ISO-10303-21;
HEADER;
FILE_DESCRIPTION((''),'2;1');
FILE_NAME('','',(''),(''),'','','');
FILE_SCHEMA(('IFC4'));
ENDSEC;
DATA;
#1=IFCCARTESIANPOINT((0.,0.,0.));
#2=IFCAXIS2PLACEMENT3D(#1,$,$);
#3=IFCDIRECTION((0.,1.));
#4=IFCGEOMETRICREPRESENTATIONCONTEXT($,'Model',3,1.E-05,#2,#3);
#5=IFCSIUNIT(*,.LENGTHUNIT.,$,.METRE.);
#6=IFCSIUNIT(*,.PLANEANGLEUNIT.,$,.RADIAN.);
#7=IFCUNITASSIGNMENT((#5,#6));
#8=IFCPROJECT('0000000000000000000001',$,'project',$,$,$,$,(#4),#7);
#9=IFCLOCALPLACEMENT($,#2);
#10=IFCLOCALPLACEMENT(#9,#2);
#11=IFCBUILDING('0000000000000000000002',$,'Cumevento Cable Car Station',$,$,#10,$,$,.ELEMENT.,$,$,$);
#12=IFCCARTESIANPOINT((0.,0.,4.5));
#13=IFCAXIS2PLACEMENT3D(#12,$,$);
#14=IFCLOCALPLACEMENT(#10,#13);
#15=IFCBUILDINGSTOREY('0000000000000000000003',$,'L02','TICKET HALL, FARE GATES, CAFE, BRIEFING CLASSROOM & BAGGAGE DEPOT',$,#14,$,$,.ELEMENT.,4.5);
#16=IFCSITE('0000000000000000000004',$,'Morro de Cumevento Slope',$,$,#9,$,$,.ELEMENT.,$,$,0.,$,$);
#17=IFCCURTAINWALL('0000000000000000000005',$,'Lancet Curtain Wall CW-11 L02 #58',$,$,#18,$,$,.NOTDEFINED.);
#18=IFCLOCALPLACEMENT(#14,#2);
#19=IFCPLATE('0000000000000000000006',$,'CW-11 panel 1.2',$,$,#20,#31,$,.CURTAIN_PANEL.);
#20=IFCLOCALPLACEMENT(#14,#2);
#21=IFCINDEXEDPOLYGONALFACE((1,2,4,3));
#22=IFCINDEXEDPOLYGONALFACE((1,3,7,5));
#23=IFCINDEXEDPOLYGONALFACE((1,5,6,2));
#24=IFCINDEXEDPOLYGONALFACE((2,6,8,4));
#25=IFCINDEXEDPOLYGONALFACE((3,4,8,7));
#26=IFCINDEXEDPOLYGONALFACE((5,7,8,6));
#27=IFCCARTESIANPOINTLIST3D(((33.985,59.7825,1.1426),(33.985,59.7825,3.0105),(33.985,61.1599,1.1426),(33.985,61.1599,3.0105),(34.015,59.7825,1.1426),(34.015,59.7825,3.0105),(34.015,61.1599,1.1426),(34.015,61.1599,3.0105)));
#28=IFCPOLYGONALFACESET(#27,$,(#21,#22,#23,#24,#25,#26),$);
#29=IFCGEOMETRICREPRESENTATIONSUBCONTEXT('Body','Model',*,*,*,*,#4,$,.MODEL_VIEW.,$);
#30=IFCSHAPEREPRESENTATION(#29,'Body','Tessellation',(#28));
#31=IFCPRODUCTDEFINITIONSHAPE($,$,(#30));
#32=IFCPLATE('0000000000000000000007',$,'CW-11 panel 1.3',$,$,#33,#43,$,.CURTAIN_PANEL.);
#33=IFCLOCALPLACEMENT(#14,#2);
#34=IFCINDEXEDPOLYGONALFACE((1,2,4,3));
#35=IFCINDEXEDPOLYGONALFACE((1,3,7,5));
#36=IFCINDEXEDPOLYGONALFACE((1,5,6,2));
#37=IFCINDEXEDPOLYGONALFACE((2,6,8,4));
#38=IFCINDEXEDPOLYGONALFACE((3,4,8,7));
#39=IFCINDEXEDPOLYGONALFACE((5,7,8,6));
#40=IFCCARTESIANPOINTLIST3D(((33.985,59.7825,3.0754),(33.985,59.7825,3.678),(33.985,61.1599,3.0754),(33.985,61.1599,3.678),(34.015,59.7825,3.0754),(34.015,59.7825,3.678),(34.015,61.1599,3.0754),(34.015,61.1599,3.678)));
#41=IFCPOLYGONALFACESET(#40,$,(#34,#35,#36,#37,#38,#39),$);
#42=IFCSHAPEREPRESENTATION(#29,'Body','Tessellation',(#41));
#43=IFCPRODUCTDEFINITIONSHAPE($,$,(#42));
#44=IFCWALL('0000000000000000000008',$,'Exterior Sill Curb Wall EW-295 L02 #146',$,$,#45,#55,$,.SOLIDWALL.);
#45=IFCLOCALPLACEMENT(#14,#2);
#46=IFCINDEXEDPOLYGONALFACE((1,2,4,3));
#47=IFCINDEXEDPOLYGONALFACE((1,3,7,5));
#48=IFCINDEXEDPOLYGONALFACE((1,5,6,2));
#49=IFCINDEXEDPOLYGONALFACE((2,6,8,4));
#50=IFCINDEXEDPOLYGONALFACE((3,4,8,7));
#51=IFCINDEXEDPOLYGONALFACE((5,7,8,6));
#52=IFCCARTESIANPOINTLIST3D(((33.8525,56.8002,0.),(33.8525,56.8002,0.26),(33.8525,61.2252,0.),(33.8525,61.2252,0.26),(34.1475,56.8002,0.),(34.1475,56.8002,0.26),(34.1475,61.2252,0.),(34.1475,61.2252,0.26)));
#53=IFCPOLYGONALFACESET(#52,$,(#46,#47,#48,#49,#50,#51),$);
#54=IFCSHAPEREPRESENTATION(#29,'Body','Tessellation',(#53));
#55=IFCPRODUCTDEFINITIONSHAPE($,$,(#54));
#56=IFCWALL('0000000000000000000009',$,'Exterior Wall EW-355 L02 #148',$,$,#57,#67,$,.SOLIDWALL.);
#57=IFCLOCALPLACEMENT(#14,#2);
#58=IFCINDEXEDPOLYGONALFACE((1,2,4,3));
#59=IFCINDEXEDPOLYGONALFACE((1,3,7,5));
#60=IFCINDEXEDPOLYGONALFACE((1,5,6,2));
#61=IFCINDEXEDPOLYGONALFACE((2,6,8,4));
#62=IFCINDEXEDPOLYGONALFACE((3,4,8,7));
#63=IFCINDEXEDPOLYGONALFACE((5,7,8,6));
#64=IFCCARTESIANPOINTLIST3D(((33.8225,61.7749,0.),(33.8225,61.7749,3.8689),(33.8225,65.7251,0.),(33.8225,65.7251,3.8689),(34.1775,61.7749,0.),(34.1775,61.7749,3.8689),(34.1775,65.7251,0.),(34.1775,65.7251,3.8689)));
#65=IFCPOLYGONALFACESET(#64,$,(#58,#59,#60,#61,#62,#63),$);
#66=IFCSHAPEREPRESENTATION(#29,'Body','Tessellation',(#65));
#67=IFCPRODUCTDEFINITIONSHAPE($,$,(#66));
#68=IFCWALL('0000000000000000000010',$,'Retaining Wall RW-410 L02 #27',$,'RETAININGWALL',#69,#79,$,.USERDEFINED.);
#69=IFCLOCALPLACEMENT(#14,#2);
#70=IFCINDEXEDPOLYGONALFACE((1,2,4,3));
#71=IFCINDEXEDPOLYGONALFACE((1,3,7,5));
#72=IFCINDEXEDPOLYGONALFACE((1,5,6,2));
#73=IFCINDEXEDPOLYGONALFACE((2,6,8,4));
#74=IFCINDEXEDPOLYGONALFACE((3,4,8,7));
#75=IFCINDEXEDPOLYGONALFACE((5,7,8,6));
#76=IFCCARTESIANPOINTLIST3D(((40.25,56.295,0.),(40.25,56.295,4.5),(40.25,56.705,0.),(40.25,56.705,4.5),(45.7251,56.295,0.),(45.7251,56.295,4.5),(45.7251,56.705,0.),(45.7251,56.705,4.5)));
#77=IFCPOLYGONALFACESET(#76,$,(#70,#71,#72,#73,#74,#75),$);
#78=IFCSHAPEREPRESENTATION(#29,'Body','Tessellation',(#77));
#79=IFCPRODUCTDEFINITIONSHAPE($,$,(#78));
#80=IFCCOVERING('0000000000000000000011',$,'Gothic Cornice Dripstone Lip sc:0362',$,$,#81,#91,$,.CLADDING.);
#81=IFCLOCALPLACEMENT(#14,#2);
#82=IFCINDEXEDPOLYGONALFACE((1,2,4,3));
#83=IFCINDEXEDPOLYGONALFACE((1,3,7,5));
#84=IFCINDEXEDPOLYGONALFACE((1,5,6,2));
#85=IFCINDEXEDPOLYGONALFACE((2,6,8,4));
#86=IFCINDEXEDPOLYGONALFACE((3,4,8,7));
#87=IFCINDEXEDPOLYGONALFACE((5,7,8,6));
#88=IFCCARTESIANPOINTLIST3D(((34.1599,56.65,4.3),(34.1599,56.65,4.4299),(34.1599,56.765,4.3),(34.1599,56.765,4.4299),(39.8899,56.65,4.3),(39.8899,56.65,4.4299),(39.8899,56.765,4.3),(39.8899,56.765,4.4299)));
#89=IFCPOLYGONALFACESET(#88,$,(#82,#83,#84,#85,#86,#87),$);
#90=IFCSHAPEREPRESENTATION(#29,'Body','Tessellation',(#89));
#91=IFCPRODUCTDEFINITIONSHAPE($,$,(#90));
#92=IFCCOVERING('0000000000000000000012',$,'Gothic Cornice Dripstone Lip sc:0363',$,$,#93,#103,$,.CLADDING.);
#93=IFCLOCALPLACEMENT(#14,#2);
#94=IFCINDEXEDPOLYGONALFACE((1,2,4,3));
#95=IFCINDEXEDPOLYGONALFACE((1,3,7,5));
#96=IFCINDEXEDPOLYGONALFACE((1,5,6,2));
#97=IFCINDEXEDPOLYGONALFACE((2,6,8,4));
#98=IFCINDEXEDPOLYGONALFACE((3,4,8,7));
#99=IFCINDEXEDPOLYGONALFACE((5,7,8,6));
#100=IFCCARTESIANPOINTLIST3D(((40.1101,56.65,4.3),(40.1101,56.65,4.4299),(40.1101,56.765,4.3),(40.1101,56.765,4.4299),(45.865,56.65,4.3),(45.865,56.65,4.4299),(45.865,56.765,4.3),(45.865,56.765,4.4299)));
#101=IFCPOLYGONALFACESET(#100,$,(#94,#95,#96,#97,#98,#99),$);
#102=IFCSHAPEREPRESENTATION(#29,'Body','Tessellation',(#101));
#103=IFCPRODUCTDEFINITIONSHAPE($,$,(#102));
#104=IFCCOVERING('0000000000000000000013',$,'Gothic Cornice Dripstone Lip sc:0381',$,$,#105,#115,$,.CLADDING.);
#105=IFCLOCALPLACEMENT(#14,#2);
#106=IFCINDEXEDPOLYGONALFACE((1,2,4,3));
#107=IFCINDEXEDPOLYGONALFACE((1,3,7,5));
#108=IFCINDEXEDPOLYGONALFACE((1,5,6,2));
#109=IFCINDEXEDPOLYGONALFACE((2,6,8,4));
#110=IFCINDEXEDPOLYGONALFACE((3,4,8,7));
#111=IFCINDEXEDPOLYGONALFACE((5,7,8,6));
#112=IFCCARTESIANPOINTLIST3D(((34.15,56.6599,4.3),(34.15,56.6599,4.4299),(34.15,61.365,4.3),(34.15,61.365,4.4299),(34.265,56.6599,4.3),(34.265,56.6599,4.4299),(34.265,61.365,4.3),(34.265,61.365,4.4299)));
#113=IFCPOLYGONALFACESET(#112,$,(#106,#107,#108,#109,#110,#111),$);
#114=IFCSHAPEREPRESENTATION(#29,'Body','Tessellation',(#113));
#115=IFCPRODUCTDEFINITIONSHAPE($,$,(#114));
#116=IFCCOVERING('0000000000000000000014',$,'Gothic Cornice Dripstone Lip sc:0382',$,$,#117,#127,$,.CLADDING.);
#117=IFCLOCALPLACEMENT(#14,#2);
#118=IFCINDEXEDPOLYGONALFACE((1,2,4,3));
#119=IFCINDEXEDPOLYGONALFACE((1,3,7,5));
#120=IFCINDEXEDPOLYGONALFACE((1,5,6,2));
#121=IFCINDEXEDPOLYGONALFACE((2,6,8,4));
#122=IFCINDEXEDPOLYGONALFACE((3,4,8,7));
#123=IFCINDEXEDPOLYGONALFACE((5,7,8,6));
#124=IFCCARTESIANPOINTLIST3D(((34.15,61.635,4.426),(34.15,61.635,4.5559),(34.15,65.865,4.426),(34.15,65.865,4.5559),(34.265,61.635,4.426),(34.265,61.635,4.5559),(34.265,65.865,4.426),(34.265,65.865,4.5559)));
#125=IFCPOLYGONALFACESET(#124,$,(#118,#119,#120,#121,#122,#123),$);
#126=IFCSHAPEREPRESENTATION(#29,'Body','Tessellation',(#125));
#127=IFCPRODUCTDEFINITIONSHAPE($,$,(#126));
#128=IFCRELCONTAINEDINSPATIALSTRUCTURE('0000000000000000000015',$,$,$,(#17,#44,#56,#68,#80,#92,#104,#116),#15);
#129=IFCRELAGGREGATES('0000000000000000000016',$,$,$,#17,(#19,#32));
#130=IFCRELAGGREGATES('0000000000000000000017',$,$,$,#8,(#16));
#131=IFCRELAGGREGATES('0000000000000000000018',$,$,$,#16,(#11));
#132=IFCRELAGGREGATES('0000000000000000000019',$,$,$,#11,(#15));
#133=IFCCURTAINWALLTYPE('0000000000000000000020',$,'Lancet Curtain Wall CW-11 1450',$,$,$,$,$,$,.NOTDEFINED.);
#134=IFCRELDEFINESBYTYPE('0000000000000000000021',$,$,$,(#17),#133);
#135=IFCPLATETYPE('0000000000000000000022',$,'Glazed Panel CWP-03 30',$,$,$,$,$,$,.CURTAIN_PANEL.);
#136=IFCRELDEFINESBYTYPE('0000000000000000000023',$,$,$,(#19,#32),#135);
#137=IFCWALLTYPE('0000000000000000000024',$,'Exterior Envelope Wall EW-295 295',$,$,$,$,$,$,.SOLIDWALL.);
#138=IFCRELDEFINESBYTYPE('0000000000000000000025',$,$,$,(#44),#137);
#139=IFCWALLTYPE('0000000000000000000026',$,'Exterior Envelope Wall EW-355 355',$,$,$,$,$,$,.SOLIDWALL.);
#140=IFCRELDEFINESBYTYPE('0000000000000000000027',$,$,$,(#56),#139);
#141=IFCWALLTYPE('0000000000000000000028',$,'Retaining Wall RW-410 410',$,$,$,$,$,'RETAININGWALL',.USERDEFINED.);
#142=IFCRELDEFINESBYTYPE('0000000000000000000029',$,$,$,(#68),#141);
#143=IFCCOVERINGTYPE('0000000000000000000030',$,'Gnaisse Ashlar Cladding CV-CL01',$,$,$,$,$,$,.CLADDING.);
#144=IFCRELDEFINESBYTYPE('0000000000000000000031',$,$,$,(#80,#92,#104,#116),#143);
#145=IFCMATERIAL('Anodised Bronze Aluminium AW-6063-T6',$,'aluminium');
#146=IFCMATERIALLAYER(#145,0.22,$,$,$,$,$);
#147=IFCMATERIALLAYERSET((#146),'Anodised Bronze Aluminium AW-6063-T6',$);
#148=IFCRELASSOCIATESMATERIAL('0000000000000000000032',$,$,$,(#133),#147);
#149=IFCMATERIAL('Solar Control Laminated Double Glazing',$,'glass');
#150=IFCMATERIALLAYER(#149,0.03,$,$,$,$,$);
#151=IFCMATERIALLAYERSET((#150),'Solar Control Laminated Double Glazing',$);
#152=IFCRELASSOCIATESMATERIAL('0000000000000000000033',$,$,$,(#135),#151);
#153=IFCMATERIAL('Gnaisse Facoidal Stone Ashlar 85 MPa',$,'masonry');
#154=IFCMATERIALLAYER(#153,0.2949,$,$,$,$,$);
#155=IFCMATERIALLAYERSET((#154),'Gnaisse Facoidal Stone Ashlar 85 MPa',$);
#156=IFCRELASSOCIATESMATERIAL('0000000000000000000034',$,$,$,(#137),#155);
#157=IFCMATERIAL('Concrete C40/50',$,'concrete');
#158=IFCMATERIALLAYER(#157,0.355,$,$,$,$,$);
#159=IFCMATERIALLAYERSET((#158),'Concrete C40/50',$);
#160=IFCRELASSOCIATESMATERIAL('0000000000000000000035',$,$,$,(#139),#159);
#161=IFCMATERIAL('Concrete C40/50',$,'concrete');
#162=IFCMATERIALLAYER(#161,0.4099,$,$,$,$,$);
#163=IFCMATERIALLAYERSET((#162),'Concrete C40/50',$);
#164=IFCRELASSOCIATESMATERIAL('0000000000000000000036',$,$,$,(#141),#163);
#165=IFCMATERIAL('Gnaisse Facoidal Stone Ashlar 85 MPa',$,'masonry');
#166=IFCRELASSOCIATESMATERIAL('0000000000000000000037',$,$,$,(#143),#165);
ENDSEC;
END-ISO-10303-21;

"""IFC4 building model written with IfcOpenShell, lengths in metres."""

from ifc_helpers import new_model, si_unit, direction, frame, frame_2d, origin, origin_2d, place, context, subcontext, project, spatial, rectangle, extrude, material, layer, layer_set, type_object, element, aggregate, save


model = new_model("IFC4")

# Units and contexts
model_context = context("Model", 3, precision=1e-05, world=origin(), true_north=direction((0.0, 1.0)))
body_context = subcontext(model_context, "Body", "Model", "MODEL_VIEW")
ifc_project = project(units=[si_unit("LENGTHUNIT", "METRE"), si_unit("PLANEANGLEUNIT", "RADIAN")], contexts=[model_context])

# Site, building, storey
site_placement = place(None, origin())
site = spatial("IfcSite", under=ifc_project, at=site_placement, Name="Morro de Cumevento Slope", CompositionType="ELEMENT", RefElevation=0.0)
building_placement = place(site_placement, origin())
building = spatial("IfcBuilding", under=site, at=building_placement, Name="Cumevento Cable Car Station", CompositionType="ELEMENT")
storey_placement = place(building_placement, frame((0.0, 0.0, 4.5)))
storey = spatial("IfcBuildingStorey", under=building, at=storey_placement, Name="L02", Description="TICKET HALL, FARE GATES, CAFE, BRIEFING CLASSROOM & BAGGAGE DEPOT", CompositionType="ELEMENT", Elevation=4.5)

# Curtain wall
ifc_material_1 = material(Name="Anodised Bronze Aluminium AW-6063-T6", Category="aluminium")
ifc_layer_1 = layer(ifc_material_1, 0.22)
ifc_layer_set_1 = layer_set([ifc_layer_1], Name="Anodised Bronze Aluminium AW-6063-T6")
curtain_wall_type = type_object("IfcCurtainWallType", Name="Lancet Curtain Wall CW-11 1450", PredefinedType="NOTDEFINED", material=ifc_layer_set_1)
curtain_wall_placement = place(storey_placement, origin())
curtain_wall = element("IfcCurtainWall", 1, at=curtain_wall_placement, inside=storey, type_object=curtain_wall_type, Name="Lancet Curtain Wall CW-11 L02 #58", PredefinedType="NOTDEFINED")

# Plates
ifc_material_2 = material(Name="Solar Control Laminated Double Glazing", Category="glass")
ifc_layer_2 = layer(ifc_material_2, 0.03)
ifc_layer_set_2 = layer_set([ifc_layer_2], Name="Solar Control Laminated Double Glazing")
plate_type = type_object("IfcPlateType", Name="Glazed Panel CWP-03 30", PredefinedType="CURTAIN_PANEL", material=ifc_layer_set_2)
plate_1_placement = place(storey_placement, frame((34.0, 60.4712, 1.1426), z_axis=(0.0, 0.0, 1.0), x_axis=(0.0, -1.0, 0.0)))
plate_1 = element("IfcPlate", 2, at=plate_1_placement, type_object=plate_type, Name="CW-11 panel 1.2", PredefinedType="CURTAIN_PANEL", context=body_context, shape_type="SweptSolid", body=[
    extrude(rectangle(XDim=1.3774, YDim=0.03, at=origin_2d()), origin(), (0.0, 0.0, 1.0), 1.8679),
])
plate_2_placement = place(storey_placement, frame((34.0, 60.4712, 3.0754), z_axis=(0.0, 0.0, 1.0), x_axis=(0.0, -1.0, 0.0)))
plate_2 = element("IfcPlate", 3, at=plate_2_placement, type_object=plate_type, Name="CW-11 panel 1.3", PredefinedType="CURTAIN_PANEL", context=body_context, shape_type="SweptSolid", body=[
    extrude(rectangle(XDim=1.3774, YDim=0.03, at=origin_2d()), origin(), (0.0, 0.0, 1.0), 0.6025),
])
aggregate(curtain_wall, [plate_1, plate_2])

# Walls
ifc_material_3 = material(Name="Gnaisse Facoidal Stone Ashlar 85 MPa", Category="masonry")
ifc_layer_3 = layer(ifc_material_3, 0.2949)
ifc_layer_set_3 = layer_set([ifc_layer_3], Name="Gnaisse Facoidal Stone Ashlar 85 MPa")
wall_type_1 = type_object("IfcWallType", Name="Exterior Envelope Wall EW-295 295", PredefinedType="SOLIDWALL", material=ifc_layer_set_3)
wall_1_placement = place(storey_placement, frame((34.0, 61.2251, 0.0), z_axis=(0.0, 0.0, 1.0), x_axis=(0.0, -1.0, 0.0)))
element("IfcWall", 4, at=wall_1_placement, inside=storey, type_object=wall_type_1, Name="Exterior Sill Curb Wall EW-295 L02 #146", PredefinedType="SOLIDWALL", context=body_context, shape_type="SweptSolid", body=[
    extrude(rectangle(XDim=4.425, YDim=0.2949, at=frame_2d((2.2124, 0.0))), origin(), (0.0, 0.0, 1.0), 0.26),
])
ifc_material_4 = material(Name="Concrete C40/50", Category="concrete")
ifc_layer_4 = layer(ifc_material_4, 0.355)
ifc_layer_set_4 = layer_set([ifc_layer_4], Name="Concrete C40/50")
wall_type_2 = type_object("IfcWallType", Name="Exterior Envelope Wall EW-355 355", PredefinedType="SOLIDWALL", material=ifc_layer_set_4)
wall_2_placement = place(storey_placement, frame((34.0, 65.7251, 0.0), z_axis=(0.0, 0.0, 1.0), x_axis=(0.0, -1.0, 0.0)))
element("IfcWall", 5, at=wall_2_placement, inside=storey, type_object=wall_type_2, Name="Exterior Wall EW-355 L02 #148", PredefinedType="SOLIDWALL", context=body_context, shape_type="SweptSolid", body=[
    extrude(rectangle(XDim=3.9502, YDim=0.355, at=frame_2d((1.9751, 0.0))), origin(), (0.0, 0.0, 1.0), 3.8689),
])
ifc_material_5 = material(Name="Concrete C40/50", Category="concrete")
ifc_layer_5 = layer(ifc_material_5, 0.4099)
ifc_layer_set_5 = layer_set([ifc_layer_5], Name="Concrete C40/50")
wall_type_3 = type_object("IfcWallType", Name="Retaining Wall RW-410 410", ElementType="RETAININGWALL", PredefinedType="USERDEFINED", material=ifc_layer_set_5)
wall_3_placement = place(storey_placement, frame((40.25, 56.5, 0.0), z_axis=(0.0, 0.0, 1.0), x_axis=(1.0, 0.0, 0.0)))
element("IfcWall", 6, at=wall_3_placement, inside=storey, type_object=wall_type_3, Name="Retaining Wall RW-410 L02 #27", ObjectType="RETAININGWALL", PredefinedType="USERDEFINED", context=body_context, shape_type="SweptSolid", body=[
    extrude(rectangle(XDim=5.4751, YDim=0.4099, at=frame_2d((2.7375, 0.0))), origin(), (0.0, 0.0, 1.0), 4.5),
])

# Coverings
ifc_material_6 = material(Name="Gnaisse Facoidal Stone Ashlar 85 MPa", Category="masonry")
covering_type = type_object("IfcCoveringType", Name="Gnaisse Ashlar Cladding CV-CL01", PredefinedType="CLADDING", material=ifc_material_6)
covering_1_placement = place(storey_placement, frame((37.0249, 56.7075, 4.3), z_axis=(0.0, 0.0, 1.0), x_axis=(1.0, 0.0, 0.0)))
element("IfcCovering", 7, at=covering_1_placement, inside=storey, type_object=covering_type, Name="Gothic Cornice Dripstone Lip sc:0362", PredefinedType="CLADDING", context=body_context, shape_type="SweptSolid", body=[
    extrude(rectangle(XDim=5.73, YDim=0.115, at=origin_2d()), origin(), (0.0, 0.0, 1.0), 0.1299),
])
covering_2_placement = place(storey_placement, frame((42.9875, 56.7075, 4.3), z_axis=(0.0, 0.0, 1.0), x_axis=(1.0, 0.0, 0.0)))
element("IfcCovering", 8, at=covering_2_placement, inside=storey, type_object=covering_type, Name="Gothic Cornice Dripstone Lip sc:0363", PredefinedType="CLADDING", context=body_context, shape_type="SweptSolid", body=[
    extrude(rectangle(XDim=5.7549, YDim=0.115, at=origin_2d()), origin(), (0.0, 0.0, 1.0), 0.1299),
])
covering_3_placement = place(storey_placement, frame((34.2075, 59.0125, 4.3), z_axis=(0.0, 0.0, 1.0), x_axis=(0.0, -1.0, 0.0)))
element("IfcCovering", 9, at=covering_3_placement, inside=storey, type_object=covering_type, Name="Gothic Cornice Dripstone Lip sc:0381", PredefinedType="CLADDING", context=body_context, shape_type="SweptSolid", body=[
    extrude(rectangle(XDim=4.7051, YDim=0.115, at=origin_2d()), origin(), (0.0, 0.0, 1.0), 0.1299),
])
covering_4_placement = place(storey_placement, frame((34.2075, 63.75, 4.426), z_axis=(0.0, 0.0, 1.0), x_axis=(0.0, -1.0, 0.0)))
element("IfcCovering", 10, at=covering_4_placement, inside=storey, type_object=covering_type, Name="Gothic Cornice Dripstone Lip sc:0382", PredefinedType="CLADDING", context=body_context, shape_type="SweptSolid", body=[
    extrude(rectangle(XDim=4.23, YDim=0.115, at=origin_2d()), origin(), (0.0, 0.0, 1.0), 0.1299),
])

save(model, "model.ifc")
